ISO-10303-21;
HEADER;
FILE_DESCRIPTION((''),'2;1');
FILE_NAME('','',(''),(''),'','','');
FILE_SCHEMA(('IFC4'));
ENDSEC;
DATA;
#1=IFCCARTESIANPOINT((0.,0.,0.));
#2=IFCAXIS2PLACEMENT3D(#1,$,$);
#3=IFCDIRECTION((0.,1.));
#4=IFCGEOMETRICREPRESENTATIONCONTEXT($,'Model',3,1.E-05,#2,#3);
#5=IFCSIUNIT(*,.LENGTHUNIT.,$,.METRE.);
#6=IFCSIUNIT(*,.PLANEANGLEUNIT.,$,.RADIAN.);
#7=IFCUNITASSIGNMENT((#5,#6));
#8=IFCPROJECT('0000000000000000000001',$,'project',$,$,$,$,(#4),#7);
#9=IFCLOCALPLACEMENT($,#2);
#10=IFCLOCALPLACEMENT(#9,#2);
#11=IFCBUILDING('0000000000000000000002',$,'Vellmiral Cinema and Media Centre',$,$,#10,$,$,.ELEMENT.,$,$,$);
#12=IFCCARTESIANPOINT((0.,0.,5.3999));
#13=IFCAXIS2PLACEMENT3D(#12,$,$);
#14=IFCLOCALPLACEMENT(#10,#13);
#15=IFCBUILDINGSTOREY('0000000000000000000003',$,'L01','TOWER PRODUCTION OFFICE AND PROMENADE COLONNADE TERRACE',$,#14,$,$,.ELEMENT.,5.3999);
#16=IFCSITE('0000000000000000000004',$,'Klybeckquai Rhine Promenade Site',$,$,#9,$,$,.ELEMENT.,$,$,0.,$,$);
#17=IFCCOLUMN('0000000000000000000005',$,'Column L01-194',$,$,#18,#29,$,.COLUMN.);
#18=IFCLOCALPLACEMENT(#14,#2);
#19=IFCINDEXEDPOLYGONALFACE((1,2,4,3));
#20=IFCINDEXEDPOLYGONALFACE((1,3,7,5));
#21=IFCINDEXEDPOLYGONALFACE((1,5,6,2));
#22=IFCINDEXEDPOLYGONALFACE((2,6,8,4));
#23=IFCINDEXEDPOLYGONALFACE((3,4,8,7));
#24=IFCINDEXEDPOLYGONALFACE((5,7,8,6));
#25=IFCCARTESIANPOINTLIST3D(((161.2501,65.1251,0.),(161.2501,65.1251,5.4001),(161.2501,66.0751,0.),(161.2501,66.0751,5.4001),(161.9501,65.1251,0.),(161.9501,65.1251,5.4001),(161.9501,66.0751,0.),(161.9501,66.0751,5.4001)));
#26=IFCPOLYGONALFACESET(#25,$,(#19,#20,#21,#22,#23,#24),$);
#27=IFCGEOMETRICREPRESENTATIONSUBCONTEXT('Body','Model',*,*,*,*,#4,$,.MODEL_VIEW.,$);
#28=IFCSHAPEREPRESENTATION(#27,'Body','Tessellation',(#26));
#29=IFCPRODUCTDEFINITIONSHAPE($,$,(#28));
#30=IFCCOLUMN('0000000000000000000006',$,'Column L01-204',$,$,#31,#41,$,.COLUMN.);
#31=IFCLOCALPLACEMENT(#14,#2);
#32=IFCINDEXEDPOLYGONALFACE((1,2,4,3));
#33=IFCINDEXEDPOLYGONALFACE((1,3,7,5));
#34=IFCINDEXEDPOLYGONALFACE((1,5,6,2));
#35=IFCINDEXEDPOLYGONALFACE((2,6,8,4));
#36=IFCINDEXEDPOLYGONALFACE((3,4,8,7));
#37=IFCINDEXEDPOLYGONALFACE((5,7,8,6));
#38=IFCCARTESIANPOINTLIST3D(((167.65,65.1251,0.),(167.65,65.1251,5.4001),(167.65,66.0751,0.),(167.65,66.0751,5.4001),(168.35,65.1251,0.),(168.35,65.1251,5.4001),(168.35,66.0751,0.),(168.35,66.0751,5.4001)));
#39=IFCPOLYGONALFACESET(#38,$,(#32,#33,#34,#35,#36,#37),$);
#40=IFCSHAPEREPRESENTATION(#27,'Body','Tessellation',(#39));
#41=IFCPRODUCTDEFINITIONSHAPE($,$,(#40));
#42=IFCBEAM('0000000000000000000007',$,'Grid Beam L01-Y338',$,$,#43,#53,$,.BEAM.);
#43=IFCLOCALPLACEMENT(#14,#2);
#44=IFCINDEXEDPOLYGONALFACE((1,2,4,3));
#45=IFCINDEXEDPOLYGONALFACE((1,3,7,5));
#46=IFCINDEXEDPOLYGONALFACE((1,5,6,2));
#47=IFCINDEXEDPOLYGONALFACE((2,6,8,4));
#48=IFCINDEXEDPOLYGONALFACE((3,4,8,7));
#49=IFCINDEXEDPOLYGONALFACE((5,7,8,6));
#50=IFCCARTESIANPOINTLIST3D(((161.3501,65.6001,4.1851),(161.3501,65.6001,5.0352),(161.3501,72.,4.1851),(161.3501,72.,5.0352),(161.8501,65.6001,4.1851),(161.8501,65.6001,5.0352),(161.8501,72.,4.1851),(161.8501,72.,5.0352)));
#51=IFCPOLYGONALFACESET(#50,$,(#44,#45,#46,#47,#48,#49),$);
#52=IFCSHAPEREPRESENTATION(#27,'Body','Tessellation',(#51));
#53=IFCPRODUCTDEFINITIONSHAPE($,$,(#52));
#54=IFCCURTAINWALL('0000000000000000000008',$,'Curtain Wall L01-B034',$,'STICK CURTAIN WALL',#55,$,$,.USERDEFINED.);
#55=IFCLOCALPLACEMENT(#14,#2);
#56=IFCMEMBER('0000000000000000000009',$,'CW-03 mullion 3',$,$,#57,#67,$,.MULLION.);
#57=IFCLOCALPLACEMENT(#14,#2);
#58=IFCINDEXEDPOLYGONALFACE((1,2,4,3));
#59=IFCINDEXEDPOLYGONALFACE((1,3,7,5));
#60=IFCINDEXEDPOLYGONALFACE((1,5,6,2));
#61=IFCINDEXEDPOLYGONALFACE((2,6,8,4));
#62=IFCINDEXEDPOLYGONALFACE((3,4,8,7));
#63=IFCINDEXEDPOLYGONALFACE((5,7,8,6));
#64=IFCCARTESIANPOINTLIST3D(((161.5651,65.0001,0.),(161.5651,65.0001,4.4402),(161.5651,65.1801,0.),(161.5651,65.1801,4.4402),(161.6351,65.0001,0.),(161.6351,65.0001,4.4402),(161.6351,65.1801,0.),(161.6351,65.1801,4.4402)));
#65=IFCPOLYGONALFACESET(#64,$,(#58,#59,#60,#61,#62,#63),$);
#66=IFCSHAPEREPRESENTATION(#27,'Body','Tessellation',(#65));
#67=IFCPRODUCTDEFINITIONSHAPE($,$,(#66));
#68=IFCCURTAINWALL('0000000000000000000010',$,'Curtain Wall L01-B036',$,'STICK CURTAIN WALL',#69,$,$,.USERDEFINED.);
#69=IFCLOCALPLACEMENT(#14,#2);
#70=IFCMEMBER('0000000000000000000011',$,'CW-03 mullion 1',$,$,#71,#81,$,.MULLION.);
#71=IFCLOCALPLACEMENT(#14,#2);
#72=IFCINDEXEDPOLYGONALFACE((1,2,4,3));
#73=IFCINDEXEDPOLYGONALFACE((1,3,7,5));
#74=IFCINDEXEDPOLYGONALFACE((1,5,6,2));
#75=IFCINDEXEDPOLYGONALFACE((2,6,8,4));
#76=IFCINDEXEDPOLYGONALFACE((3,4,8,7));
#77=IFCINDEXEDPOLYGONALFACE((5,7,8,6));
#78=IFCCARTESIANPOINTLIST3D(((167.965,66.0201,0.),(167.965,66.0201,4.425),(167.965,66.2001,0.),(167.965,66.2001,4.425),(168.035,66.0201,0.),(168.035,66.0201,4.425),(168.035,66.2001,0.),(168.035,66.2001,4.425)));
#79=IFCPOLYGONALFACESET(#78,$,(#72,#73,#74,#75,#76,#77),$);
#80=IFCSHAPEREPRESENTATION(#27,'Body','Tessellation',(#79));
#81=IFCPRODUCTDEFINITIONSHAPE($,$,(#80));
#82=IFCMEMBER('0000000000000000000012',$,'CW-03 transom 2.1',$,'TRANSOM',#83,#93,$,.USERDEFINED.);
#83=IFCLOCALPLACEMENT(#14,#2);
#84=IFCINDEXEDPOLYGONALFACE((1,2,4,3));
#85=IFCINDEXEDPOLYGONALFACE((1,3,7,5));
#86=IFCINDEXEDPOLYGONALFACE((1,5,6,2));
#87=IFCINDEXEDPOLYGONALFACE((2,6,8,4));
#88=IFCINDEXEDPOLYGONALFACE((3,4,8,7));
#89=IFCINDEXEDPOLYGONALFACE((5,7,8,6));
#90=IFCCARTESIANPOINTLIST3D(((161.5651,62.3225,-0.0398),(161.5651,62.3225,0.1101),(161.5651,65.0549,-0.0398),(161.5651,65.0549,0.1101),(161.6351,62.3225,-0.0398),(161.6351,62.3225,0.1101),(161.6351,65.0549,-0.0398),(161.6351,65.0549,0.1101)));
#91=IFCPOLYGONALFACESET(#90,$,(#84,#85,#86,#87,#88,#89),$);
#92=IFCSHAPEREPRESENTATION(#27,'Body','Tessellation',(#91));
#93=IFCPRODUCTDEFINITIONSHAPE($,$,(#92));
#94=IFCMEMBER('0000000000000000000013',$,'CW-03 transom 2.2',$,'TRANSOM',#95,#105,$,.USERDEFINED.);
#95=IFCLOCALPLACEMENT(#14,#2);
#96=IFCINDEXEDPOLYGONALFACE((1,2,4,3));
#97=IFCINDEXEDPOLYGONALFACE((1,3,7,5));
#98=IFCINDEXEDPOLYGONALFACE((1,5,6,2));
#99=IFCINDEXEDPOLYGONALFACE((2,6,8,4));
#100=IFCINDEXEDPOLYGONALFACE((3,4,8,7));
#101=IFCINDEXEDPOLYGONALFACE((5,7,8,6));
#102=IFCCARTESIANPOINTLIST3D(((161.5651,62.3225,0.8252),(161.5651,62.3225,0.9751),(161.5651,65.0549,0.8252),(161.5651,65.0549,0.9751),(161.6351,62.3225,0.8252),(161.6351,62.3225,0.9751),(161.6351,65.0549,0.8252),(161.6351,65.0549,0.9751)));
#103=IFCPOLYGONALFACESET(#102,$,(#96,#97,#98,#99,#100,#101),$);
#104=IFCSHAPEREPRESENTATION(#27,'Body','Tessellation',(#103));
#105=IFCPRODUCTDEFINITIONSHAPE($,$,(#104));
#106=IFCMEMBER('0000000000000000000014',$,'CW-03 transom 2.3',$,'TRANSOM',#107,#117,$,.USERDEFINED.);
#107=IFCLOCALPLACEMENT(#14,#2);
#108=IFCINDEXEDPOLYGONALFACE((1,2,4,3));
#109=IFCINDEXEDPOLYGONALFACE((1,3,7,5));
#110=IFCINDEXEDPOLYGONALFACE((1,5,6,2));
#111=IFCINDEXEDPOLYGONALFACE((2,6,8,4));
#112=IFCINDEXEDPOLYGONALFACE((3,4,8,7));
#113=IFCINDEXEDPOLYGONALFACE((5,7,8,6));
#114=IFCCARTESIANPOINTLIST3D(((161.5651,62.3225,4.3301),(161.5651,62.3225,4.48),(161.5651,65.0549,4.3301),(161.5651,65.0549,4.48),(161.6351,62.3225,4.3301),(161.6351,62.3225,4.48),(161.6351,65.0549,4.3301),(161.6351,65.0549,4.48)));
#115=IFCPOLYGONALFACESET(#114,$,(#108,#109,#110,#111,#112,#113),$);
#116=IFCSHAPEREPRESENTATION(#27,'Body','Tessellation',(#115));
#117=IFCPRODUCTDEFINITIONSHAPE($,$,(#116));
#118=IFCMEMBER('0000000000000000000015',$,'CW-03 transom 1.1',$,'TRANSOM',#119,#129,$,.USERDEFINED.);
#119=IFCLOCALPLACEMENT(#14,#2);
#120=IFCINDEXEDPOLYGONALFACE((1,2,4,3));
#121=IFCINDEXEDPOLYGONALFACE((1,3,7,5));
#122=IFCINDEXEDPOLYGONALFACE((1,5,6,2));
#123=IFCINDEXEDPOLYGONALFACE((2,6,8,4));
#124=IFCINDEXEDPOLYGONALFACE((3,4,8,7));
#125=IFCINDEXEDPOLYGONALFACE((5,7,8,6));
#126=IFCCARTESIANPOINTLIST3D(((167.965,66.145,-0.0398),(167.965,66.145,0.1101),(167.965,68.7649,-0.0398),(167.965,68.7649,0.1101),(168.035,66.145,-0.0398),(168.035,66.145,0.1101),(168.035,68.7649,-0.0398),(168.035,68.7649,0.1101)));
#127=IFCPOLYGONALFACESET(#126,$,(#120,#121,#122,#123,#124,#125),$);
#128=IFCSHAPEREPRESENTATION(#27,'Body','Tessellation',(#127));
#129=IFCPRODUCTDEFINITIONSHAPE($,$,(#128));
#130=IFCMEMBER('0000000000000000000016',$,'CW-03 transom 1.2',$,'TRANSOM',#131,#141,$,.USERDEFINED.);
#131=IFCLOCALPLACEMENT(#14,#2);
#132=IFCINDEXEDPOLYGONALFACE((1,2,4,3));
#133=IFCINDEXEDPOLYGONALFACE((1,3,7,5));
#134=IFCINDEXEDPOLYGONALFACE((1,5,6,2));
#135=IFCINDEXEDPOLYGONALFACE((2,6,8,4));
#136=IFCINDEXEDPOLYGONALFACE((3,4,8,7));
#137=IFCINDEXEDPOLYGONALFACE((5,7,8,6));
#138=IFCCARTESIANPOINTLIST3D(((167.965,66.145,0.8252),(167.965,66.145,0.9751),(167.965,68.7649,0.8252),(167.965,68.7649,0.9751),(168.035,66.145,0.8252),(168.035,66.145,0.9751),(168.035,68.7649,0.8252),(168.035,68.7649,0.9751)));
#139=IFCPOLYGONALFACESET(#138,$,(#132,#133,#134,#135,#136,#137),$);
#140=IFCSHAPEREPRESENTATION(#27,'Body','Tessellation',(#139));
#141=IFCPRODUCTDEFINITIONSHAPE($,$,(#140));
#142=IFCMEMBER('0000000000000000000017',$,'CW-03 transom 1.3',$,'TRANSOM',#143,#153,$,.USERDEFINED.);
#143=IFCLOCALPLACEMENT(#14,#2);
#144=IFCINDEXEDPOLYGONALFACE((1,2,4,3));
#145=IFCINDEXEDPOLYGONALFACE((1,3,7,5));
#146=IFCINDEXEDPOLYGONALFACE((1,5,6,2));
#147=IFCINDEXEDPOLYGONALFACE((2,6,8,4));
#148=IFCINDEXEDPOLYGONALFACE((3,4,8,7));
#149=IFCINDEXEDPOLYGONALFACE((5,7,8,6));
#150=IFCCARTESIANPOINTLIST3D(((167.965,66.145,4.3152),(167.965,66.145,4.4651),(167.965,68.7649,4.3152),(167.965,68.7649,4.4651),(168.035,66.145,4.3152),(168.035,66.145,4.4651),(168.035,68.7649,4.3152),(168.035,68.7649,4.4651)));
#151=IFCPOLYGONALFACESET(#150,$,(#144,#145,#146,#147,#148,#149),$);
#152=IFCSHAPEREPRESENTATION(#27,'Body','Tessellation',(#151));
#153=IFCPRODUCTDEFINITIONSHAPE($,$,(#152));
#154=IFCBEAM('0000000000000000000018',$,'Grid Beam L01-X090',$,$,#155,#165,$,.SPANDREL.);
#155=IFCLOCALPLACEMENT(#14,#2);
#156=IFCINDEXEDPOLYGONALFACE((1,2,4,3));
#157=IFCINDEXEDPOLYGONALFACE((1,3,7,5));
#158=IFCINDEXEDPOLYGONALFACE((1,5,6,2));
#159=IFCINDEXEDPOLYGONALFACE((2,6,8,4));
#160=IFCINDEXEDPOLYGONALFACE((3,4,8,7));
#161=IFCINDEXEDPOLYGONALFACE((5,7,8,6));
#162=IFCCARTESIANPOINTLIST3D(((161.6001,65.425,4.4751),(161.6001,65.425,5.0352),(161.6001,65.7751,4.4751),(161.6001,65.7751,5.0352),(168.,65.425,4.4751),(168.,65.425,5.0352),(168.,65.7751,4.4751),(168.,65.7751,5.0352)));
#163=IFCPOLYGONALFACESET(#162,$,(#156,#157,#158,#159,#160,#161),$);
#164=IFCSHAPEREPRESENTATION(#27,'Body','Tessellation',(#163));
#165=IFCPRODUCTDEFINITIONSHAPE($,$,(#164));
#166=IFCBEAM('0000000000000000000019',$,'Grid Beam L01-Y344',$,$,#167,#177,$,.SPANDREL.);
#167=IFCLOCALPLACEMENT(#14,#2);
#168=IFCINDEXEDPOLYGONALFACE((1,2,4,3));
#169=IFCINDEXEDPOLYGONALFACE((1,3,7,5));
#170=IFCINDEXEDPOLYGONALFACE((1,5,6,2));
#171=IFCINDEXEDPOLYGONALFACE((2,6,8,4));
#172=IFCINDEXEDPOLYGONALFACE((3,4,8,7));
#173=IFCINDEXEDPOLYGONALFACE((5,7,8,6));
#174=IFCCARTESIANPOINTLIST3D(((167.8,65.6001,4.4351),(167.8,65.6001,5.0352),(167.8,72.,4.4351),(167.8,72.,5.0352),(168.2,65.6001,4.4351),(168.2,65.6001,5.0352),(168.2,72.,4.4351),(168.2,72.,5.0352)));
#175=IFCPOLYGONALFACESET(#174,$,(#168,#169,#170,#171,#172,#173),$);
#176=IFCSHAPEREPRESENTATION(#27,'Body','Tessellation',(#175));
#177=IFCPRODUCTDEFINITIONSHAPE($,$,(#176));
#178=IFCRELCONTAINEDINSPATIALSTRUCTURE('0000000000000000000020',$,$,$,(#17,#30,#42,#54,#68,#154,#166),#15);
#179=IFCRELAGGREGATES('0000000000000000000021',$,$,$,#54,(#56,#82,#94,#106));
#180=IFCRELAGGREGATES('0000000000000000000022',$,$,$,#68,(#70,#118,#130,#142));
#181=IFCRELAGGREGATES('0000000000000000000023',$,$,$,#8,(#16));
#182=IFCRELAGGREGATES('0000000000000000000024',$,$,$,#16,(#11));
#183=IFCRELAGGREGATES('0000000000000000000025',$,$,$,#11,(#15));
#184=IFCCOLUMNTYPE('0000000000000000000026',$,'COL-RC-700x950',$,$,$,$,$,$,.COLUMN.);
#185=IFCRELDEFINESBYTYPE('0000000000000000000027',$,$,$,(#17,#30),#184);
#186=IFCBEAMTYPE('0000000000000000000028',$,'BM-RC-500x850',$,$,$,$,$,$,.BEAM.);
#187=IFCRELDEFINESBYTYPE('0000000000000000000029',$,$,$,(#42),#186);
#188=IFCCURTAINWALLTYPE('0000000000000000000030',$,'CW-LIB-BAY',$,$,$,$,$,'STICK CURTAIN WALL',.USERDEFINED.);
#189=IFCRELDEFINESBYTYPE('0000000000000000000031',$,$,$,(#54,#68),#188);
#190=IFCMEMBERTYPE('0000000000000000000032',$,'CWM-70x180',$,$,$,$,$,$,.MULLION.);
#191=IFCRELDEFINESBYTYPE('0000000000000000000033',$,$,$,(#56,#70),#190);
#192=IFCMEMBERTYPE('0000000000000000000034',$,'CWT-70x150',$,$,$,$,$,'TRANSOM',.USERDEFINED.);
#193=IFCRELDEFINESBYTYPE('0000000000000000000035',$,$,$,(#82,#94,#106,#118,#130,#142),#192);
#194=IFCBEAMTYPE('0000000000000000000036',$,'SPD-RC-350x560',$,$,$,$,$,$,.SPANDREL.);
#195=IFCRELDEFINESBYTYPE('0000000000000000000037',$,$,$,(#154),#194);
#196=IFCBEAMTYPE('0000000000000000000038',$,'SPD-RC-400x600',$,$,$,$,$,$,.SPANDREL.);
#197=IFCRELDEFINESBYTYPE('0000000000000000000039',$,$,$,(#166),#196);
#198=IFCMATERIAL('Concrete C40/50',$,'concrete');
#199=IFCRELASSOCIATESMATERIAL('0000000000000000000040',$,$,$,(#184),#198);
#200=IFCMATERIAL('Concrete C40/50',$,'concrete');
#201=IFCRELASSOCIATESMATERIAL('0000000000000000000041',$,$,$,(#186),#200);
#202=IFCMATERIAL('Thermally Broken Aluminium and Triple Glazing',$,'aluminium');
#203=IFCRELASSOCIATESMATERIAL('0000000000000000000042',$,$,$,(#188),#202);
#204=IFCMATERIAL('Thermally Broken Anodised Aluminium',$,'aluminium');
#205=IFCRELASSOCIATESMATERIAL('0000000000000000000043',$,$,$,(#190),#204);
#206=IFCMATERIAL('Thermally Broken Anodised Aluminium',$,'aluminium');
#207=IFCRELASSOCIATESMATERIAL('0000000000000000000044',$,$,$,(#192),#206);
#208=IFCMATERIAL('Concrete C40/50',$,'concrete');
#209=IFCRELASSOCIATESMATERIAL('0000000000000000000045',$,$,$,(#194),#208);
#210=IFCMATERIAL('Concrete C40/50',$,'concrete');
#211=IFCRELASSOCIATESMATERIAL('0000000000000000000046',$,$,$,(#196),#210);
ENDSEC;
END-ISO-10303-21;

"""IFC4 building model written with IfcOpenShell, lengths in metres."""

from ifc_helpers import new_model, si_unit, direction, frame, origin, origin_2d, place, context, subcontext, project, spatial, rectangle, extrude, material, material_profile, profile_set, type_object, element, aggregate, save


model = new_model("IFC4")

# Units and contexts
model_context = context("Model", 3, precision=1e-05, world=origin(), true_north=direction((0.0, 1.0)))
body_context = subcontext(model_context, "Body", "Model", "MODEL_VIEW")
ifc_project = project(units=[si_unit("LENGTHUNIT", "METRE"), si_unit("PLANEANGLEUNIT", "RADIAN")], contexts=[model_context])

# Site, building, storey
site_placement = place(None, origin())
site = spatial("IfcSite", under=ifc_project, at=site_placement, Name="Klybeckquai Rhine Promenade Site", CompositionType="ELEMENT", RefElevation=0.0)
building_placement = place(site_placement, origin())
building = spatial("IfcBuilding", under=site, at=building_placement, Name="Vellmiral Cinema and Media Centre", CompositionType="ELEMENT")
storey_placement = place(building_placement, frame((0.0, 0.0, 5.3999)))
storey = spatial("IfcBuildingStorey", under=building, at=storey_placement, Name="L01", Description="TOWER PRODUCTION OFFICE AND PROMENADE COLONNADE TERRACE", CompositionType="ELEMENT", Elevation=5.3999)

# Columns
ifc_material_1 = material(Name="Concrete C40/50", Category="concrete")
ifc_material_profile_1 = material_profile(ifc_material_1, rectangle(XDim=0.7, YDim=0.95, at=origin_2d()), Name="RC 700x950")
ifc_profile_set_1 = profile_set([ifc_material_profile_1], Name="Concrete C40/50")
column_type = type_object("IfcColumnType", Name="COL-RC-700x950", PredefinedType="COLUMN", material=ifc_profile_set_1)
for number, where, z_axis, x_axis, name in (
    (1, (161.6001, 65.6001, 0.0), (0.0, 0.0, 1.0), (1.0, 0.0, 0.0), "Column L01-194"),
    (2, (168.0, 65.6001, 0.0), (0.0, 0.0, 1.0), (1.0, 0.0, 0.0), "Column L01-204"),
):
    element("IfcColumn", number, at=place(storey_placement, frame(where, z_axis=z_axis, x_axis=x_axis)), inside=storey, type_object=column_type, Name=name, PredefinedType="COLUMN", context=body_context, shape_type="SweptSolid", body=[
        extrude(rectangle(XDim=0.7, YDim=0.95, at=origin_2d()), origin(), (0.0, 0.0, 1.0), 5.4001),
    ])

# Beam
ifc_material_2 = material(Name="Concrete C40/50", Category="concrete")
ifc_material_profile_2 = material_profile(ifc_material_2, rectangle(XDim=0.5, YDim=0.8501, at=origin_2d()), Name="RC 500x850")
ifc_profile_set_2 = profile_set([ifc_material_profile_2], Name="Concrete C40/50")
beam_type_1 = type_object("IfcBeamType", Name="BM-RC-500x850", PredefinedType="BEAM", material=ifc_profile_set_2)
beam_1_placement = place(storey_placement, frame((161.6001, 65.6001, 4.6101), z_axis=(0.0, 1.0, 0.0), x_axis=(-1.0, 0.0, 0.0)))
element("IfcBeam", 3, at=beam_1_placement, inside=storey, type_object=beam_type_1, Name="Grid Beam L01-Y338", PredefinedType="BEAM", context=body_context, shape_type="SweptSolid", body=[
    extrude(rectangle(XDim=0.5, YDim=0.8501, at=origin_2d()), origin(), (0.0, 0.0, 1.0), 6.3999),
])

# Curtain walls, members
ifc_material_3 = material(Name="Thermally Broken Aluminium and Triple Glazing", Category="aluminium")
curtain_wall_type = type_object("IfcCurtainWallType", Name="CW-LIB-BAY", ElementType="STICK CURTAIN WALL", PredefinedType="USERDEFINED", material=ifc_material_3)
curtain_wall_1_placement = place(storey_placement, origin())
curtain_wall_1 = element("IfcCurtainWall", 4, at=curtain_wall_1_placement, inside=storey, type_object=curtain_wall_type, Name="Curtain Wall L01-B034", ObjectType="STICK CURTAIN WALL", PredefinedType="USERDEFINED")
ifc_material_4 = material(Name="Thermally Broken Anodised Aluminium", Category="aluminium")
ifc_material_profile_3 = material_profile(ifc_material_4, rectangle(XDim=0.0701, YDim=0.1799, at=origin_2d()), Name="MULL 70x180")
ifc_profile_set_3 = profile_set([ifc_material_profile_3], Name="Thermally Broken Anodised Aluminium")
member_type_1 = type_object("IfcMemberType", Name="CWM-70x180", PredefinedType="MULLION", material=ifc_profile_set_3)
member_1_placement = place(storey_placement, frame((161.6001, 65.0901, 0.0), z_axis=(0.0, 0.0, 1.0), x_axis=(-1.0, 0.0, 0.0)))
member_1 = element("IfcMember", 5, at=member_1_placement, type_object=member_type_1, Name="CW-03 mullion 3", PredefinedType="MULLION", context=body_context, shape_type="SweptSolid", body=[
    extrude(rectangle(XDim=0.0701, YDim=0.1799, at=origin_2d()), origin(), (0.0, 0.0, 1.0), 4.4402),
])
curtain_wall_2_placement = place(storey_placement, origin())
curtain_wall_2 = element("IfcCurtainWall", 6, at=curtain_wall_2_placement, inside=storey, type_object=curtain_wall_type, Name="Curtain Wall L01-B036", ObjectType="STICK CURTAIN WALL", PredefinedType="USERDEFINED")
member_2_placement = place(storey_placement, frame((168.0, 66.1101, 0.0), z_axis=(0.0, 0.0, 1.0), x_axis=(-1.0, 0.0, 0.0)))
member_2 = element("IfcMember", 7, at=member_2_placement, type_object=member_type_1, Name="CW-03 mullion 1", PredefinedType="MULLION", context=body_context, shape_type="SweptSolid", body=[
    extrude(rectangle(XDim=0.0701, YDim=0.1799, at=origin_2d()), origin(), (0.0, 0.0, 1.0), 4.425),
])

# Members
ifc_material_5 = material(Name="Thermally Broken Anodised Aluminium", Category="aluminium")
ifc_material_profile_4 = material_profile(ifc_material_5, rectangle(XDim=0.0701, YDim=0.1499, at=origin_2d()), Name="MULL 70x150")
ifc_profile_set_4 = profile_set([ifc_material_profile_4], Name="Thermally Broken Anodised Aluminium")
member_type_2 = type_object("IfcMemberType", Name="CWT-70x150", ElementType="TRANSOM", PredefinedType="USERDEFINED", material=ifc_profile_set_4)
member_3_placement = place(storey_placement, frame((161.6001, 62.3225, 0.0352), z_axis=(0.0, 1.0, 0.0), x_axis=(-1.0, 0.0, 0.0)))
member_3 = element("IfcMember", 8, at=member_3_placement, type_object=member_type_2, Name="CW-03 transom 2.1", ObjectType="TRANSOM", PredefinedType="USERDEFINED", context=body_context, shape_type="SweptSolid", body=[
    extrude(rectangle(XDim=0.0701, YDim=0.1499, at=origin_2d()), origin(), (0.0, 0.0, 1.0), 2.7324),
])
member_4_placement = place(storey_placement, frame((161.6001, 62.3225, 0.9001), z_axis=(0.0, 1.0, 0.0), x_axis=(-1.0, 0.0, 0.0)))
member_4 = element("IfcMember", 9, at=member_4_placement, type_object=member_type_2, Name="CW-03 transom 2.2", ObjectType="TRANSOM", PredefinedType="USERDEFINED", context=body_context, shape_type="SweptSolid", body=[
    extrude(rectangle(XDim=0.0701, YDim=0.1499, at=origin_2d()), origin(), (0.0, 0.0, 1.0), 2.7324),
])
member_5_placement = place(storey_placement, frame((161.6001, 62.3225, 4.405), z_axis=(0.0, 1.0, 0.0), x_axis=(-1.0, 0.0, 0.0)))
member_5 = element("IfcMember", 10, at=member_5_placement, type_object=member_type_2, Name="CW-03 transom 2.3", ObjectType="TRANSOM", PredefinedType="USERDEFINED", context=body_context, shape_type="SweptSolid", body=[
    extrude(rectangle(XDim=0.0701, YDim=0.1499, at=origin_2d()), origin(), (0.0, 0.0, 1.0), 2.7324),
])
member_6_placement = place(storey_placement, frame((168.0, 66.145, 0.0352), z_axis=(0.0, 1.0, 0.0), x_axis=(-1.0, 0.0, 0.0)))
member_6 = element("IfcMember", 11, at=member_6_placement, type_object=member_type_2, Name="CW-03 transom 1.1", ObjectType="TRANSOM", PredefinedType="USERDEFINED", context=body_context, shape_type="SweptSolid", body=[
    extrude(rectangle(XDim=0.0701, YDim=0.1499, at=origin_2d()), origin(), (0.0, 0.0, 1.0), 2.6199),
])
member_7_placement = place(storey_placement, frame((168.0, 66.145, 0.9001), z_axis=(0.0, 1.0, 0.0), x_axis=(-1.0, 0.0, 0.0)))
member_7 = element("IfcMember", 12, at=member_7_placement, type_object=member_type_2, Name="CW-03 transom 1.2", ObjectType="TRANSOM", PredefinedType="USERDEFINED", context=body_context, shape_type="SweptSolid", body=[
    extrude(rectangle(XDim=0.0701, YDim=0.1499, at=origin_2d()), origin(), (0.0, 0.0, 1.0), 2.6199),
])
member_8_placement = place(storey_placement, frame((168.0, 66.145, 4.3901), z_axis=(0.0, 1.0, 0.0), x_axis=(-1.0, 0.0, 0.0)))
member_8 = element("IfcMember", 13, at=member_8_placement, type_object=member_type_2, Name="CW-03 transom 1.3", ObjectType="TRANSOM", PredefinedType="USERDEFINED", context=body_context, shape_type="SweptSolid", body=[
    extrude(rectangle(XDim=0.0701, YDim=0.1499, at=origin_2d()), origin(), (0.0, 0.0, 1.0), 2.6199),
])

# Beams
ifc_material_6 = material(Name="Concrete C40/50", Category="concrete")
ifc_material_profile_5 = material_profile(ifc_material_6, rectangle(XDim=0.3501, YDim=0.5601, at=origin_2d()), Name="RC 350x560")
ifc_profile_set_5 = profile_set([ifc_material_profile_5], Name="Concrete C40/50")
beam_type_2 = type_object("IfcBeamType", Name="SPD-RC-350x560", PredefinedType="SPANDREL", material=ifc_profile_set_5)
beam_2_placement = place(storey_placement, frame((161.6001, 65.6001, 4.7551), z_axis=(1.0, 0.0, 0.0), x_axis=(0.0, 1.0, 0.0)))
element("IfcBeam", 14, at=beam_2_placement, inside=storey, type_object=beam_type_2, Name="Grid Beam L01-X090", PredefinedType="SPANDREL", context=body_context, shape_type="SweptSolid", body=[
    extrude(rectangle(XDim=0.3501, YDim=0.5601, at=origin_2d()), origin(), (0.0, 0.0, 1.0), 6.3999),
])
ifc_material_7 = material(Name="Concrete C40/50", Category="concrete")
ifc_material_profile_6 = material_profile(ifc_material_7, rectangle(XDim=0.3999, YDim=0.6001, at=origin_2d()), Name="RC 400x600")
ifc_profile_set_6 = profile_set([ifc_material_profile_6], Name="Concrete C40/50")
beam_type_3 = type_object("IfcBeamType", Name="SPD-RC-400x600", PredefinedType="SPANDREL", material=ifc_profile_set_6)
beam_3_placement = place(storey_placement, frame((168.0, 65.6001, 4.7351), z_axis=(0.0, 1.0, 0.0), x_axis=(-1.0, 0.0, 0.0)))
element("IfcBeam", 15, at=beam_3_placement, inside=storey, type_object=beam_type_3, Name="Grid Beam L01-Y344", PredefinedType="SPANDREL", context=body_context, shape_type="SweptSolid", body=[
    extrude(rectangle(XDim=0.3999, YDim=0.6001, at=origin_2d()), origin(), (0.0, 0.0, 1.0), 6.3999),
])

aggregate(curtain_wall_1, [member_1, member_3, member_4, member_5])
aggregate(curtain_wall_2, [member_2, member_6, member_7, member_8])

save(model, "model.ifc")
